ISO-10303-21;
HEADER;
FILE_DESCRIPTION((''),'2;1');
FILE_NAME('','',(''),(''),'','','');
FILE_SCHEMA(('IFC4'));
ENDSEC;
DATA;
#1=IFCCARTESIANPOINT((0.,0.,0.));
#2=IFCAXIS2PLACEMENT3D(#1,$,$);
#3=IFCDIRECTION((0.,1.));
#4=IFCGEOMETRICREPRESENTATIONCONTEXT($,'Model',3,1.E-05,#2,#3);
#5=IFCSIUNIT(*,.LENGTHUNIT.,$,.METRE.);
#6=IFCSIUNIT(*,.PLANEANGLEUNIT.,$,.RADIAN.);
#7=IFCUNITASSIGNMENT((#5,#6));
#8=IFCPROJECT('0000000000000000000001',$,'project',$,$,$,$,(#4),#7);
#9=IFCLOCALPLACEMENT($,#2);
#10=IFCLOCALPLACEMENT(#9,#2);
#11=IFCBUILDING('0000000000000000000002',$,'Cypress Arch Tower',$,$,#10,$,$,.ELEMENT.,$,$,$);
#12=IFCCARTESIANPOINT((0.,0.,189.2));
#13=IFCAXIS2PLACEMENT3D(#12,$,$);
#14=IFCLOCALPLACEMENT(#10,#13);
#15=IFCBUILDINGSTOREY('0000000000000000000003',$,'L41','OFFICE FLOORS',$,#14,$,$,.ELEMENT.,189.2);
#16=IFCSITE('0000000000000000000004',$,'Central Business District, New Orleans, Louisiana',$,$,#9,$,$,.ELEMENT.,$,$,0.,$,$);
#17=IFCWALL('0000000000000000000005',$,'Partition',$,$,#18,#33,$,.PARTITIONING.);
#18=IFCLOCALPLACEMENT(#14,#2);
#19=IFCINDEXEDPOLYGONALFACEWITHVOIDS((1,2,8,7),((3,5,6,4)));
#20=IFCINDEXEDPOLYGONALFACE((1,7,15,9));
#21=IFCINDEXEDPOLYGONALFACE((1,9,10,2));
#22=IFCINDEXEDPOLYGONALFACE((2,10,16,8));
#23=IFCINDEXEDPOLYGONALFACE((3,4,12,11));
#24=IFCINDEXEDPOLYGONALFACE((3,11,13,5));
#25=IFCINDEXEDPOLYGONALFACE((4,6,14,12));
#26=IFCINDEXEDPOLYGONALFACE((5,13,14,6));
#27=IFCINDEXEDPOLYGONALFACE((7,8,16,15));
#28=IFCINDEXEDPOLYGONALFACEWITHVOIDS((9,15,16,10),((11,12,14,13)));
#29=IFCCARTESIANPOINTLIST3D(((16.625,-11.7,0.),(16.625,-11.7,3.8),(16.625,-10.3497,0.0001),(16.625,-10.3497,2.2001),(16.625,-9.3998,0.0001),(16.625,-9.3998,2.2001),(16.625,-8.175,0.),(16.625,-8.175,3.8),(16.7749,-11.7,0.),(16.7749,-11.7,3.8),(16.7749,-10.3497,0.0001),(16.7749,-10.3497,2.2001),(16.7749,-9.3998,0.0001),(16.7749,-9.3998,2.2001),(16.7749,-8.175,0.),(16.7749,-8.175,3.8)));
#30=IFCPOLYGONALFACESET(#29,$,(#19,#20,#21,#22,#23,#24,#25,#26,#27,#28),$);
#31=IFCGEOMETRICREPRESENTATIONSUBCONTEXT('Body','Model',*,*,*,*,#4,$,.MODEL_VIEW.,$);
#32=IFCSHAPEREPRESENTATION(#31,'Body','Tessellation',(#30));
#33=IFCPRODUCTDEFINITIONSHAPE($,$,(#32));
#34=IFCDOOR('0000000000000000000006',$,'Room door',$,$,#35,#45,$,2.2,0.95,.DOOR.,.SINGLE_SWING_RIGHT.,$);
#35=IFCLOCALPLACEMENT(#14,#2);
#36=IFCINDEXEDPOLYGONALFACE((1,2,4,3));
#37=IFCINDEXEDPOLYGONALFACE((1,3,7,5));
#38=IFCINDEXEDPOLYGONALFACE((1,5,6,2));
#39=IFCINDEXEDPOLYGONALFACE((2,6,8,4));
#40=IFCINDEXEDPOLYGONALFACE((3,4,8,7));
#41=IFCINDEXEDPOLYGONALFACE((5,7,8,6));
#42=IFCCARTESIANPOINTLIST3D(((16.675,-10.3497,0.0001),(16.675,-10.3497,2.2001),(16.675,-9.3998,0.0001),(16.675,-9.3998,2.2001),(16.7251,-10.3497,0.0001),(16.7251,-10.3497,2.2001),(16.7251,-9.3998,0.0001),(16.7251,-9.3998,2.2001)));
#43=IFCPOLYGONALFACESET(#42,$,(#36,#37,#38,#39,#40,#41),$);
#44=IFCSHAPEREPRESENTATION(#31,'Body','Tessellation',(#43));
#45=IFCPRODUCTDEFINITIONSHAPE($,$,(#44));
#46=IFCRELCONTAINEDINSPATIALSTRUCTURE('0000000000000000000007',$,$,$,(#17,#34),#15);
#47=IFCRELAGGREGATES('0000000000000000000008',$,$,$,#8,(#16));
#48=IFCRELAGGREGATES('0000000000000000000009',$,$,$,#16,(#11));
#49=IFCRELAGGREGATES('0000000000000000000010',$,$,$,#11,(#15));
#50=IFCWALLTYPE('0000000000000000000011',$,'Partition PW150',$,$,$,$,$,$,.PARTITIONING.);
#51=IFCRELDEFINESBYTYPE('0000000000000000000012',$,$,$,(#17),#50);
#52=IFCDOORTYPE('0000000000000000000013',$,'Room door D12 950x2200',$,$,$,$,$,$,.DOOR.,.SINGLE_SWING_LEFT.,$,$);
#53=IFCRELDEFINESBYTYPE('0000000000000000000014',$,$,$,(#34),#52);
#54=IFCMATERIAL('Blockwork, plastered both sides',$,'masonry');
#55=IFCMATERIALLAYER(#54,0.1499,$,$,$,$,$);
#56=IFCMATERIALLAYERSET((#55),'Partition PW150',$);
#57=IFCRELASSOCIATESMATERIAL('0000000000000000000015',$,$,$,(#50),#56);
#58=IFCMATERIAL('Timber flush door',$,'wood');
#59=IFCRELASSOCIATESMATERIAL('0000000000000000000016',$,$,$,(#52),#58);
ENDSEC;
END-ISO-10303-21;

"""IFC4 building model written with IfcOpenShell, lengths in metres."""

from ifc_helpers import new_model, si_unit, direction, frame, frame_2d, origin, place, context, subcontext, project, spatial, rectangle, extrude, material, layer, layer_set, type_object, element, fill, save


model = new_model("IFC4")

# Units and contexts
model_context = context("Model", 3, precision=1e-05, world=origin(), true_north=direction((0.0, 1.0)))
body_context = subcontext(model_context, "Body", "Model", "MODEL_VIEW")
ifc_project = project(units=[si_unit("LENGTHUNIT", "METRE"), si_unit("PLANEANGLEUNIT", "RADIAN")], contexts=[model_context])

# Site, building, storey
site_placement = place(None, origin())
site = spatial("IfcSite", under=ifc_project, at=site_placement, Name="Central Business District, New Orleans, Louisiana", CompositionType="ELEMENT", RefElevation=0.0)
building_placement = place(site_placement, origin())
building = spatial("IfcBuilding", under=site, at=building_placement, Name="Cypress Arch Tower", CompositionType="ELEMENT")
storey_placement = place(building_placement, frame((0.0, 0.0, 189.2)))
storey = spatial("IfcBuildingStorey", under=building, at=storey_placement, Name="L41", Description="OFFICE FLOORS", CompositionType="ELEMENT", Elevation=189.2)

# Shared definitions
ifc_material_1 = material(Name="Blockwork, plastered both sides", Category="masonry")
ifc_layer_1 = layer(ifc_material_1, 0.1499)
ifc_layer_set_1 = layer_set([ifc_layer_1], Name="Partition PW150")
wall_type_1 = type_object("IfcWallType", Name="Partition PW150", PredefinedType="PARTITIONING", material=ifc_layer_set_1)

# Wall, opening, door
wall_1_placement = place(storey_placement, frame((16.7, -11.7, 0.0), z_axis=(0.0, 0.0, 1.0), x_axis=(0.0, 1.0, 0.0)))
wall_1 = element("IfcWall", 1, at=wall_1_placement, inside=storey, type_object=wall_type_1, Name="Partition", PredefinedType="PARTITIONING", context=body_context, shape_type="SweptSolid", body=[
    extrude(rectangle(XDim=3.5249, YDim=0.1499, at=frame_2d((1.7625, 0.0))), origin(), (0.0, 0.0, 1.0), 3.8),
])
opening_1_placement = place(wall_1_placement, frame((1.3501, 0.0, 0.0)))
opening_1 = element("IfcOpeningElement", 2, at=opening_1_placement, cuts=wall_1, PredefinedType="OPENING", context=body_context, shape_type="SweptSolid", body=[
    extrude(rectangle(XDim=0.95, YDim=2.2, at=frame_2d((0.4751, 1.1001))), frame((0.0, 0.085, 0.0), z_axis=(0.0, -1.0, 0.0), x_axis=(1.0, 0.0, 0.0)), (0.0, 0.0, 1.0), 0.1699),
])
ifc_material_2 = material(Name="Timber flush door", Category="wood")
door_type_1 = type_object("IfcDoorType", Name="Room door D12 950x2200", OperationType="SINGLE_SWING_LEFT", PredefinedType="DOOR", material=ifc_material_2)
door_1_placement = place(opening_1_placement, origin())
door_1 = element("IfcDoor", 3, at=door_1_placement, inside=storey, type_object=door_type_1, Name="Room door", OperationType="SINGLE_SWING_RIGHT", OverallHeight=2.2, OverallWidth=0.95, PredefinedType="DOOR", context=body_context, shape_type="SweptSolid", body=[
    extrude(rectangle(XDim=0.95, YDim=2.2, at=frame_2d((0.4751, 1.1001))), frame((0.0, 0.0249, 0.0), z_axis=(0.0, -1.0, 0.0), x_axis=(1.0, 0.0, 0.0)), (0.0, 0.0, 1.0), 0.05),
])
fill(opening_1, door_1)

save(model, "model.ifc")
